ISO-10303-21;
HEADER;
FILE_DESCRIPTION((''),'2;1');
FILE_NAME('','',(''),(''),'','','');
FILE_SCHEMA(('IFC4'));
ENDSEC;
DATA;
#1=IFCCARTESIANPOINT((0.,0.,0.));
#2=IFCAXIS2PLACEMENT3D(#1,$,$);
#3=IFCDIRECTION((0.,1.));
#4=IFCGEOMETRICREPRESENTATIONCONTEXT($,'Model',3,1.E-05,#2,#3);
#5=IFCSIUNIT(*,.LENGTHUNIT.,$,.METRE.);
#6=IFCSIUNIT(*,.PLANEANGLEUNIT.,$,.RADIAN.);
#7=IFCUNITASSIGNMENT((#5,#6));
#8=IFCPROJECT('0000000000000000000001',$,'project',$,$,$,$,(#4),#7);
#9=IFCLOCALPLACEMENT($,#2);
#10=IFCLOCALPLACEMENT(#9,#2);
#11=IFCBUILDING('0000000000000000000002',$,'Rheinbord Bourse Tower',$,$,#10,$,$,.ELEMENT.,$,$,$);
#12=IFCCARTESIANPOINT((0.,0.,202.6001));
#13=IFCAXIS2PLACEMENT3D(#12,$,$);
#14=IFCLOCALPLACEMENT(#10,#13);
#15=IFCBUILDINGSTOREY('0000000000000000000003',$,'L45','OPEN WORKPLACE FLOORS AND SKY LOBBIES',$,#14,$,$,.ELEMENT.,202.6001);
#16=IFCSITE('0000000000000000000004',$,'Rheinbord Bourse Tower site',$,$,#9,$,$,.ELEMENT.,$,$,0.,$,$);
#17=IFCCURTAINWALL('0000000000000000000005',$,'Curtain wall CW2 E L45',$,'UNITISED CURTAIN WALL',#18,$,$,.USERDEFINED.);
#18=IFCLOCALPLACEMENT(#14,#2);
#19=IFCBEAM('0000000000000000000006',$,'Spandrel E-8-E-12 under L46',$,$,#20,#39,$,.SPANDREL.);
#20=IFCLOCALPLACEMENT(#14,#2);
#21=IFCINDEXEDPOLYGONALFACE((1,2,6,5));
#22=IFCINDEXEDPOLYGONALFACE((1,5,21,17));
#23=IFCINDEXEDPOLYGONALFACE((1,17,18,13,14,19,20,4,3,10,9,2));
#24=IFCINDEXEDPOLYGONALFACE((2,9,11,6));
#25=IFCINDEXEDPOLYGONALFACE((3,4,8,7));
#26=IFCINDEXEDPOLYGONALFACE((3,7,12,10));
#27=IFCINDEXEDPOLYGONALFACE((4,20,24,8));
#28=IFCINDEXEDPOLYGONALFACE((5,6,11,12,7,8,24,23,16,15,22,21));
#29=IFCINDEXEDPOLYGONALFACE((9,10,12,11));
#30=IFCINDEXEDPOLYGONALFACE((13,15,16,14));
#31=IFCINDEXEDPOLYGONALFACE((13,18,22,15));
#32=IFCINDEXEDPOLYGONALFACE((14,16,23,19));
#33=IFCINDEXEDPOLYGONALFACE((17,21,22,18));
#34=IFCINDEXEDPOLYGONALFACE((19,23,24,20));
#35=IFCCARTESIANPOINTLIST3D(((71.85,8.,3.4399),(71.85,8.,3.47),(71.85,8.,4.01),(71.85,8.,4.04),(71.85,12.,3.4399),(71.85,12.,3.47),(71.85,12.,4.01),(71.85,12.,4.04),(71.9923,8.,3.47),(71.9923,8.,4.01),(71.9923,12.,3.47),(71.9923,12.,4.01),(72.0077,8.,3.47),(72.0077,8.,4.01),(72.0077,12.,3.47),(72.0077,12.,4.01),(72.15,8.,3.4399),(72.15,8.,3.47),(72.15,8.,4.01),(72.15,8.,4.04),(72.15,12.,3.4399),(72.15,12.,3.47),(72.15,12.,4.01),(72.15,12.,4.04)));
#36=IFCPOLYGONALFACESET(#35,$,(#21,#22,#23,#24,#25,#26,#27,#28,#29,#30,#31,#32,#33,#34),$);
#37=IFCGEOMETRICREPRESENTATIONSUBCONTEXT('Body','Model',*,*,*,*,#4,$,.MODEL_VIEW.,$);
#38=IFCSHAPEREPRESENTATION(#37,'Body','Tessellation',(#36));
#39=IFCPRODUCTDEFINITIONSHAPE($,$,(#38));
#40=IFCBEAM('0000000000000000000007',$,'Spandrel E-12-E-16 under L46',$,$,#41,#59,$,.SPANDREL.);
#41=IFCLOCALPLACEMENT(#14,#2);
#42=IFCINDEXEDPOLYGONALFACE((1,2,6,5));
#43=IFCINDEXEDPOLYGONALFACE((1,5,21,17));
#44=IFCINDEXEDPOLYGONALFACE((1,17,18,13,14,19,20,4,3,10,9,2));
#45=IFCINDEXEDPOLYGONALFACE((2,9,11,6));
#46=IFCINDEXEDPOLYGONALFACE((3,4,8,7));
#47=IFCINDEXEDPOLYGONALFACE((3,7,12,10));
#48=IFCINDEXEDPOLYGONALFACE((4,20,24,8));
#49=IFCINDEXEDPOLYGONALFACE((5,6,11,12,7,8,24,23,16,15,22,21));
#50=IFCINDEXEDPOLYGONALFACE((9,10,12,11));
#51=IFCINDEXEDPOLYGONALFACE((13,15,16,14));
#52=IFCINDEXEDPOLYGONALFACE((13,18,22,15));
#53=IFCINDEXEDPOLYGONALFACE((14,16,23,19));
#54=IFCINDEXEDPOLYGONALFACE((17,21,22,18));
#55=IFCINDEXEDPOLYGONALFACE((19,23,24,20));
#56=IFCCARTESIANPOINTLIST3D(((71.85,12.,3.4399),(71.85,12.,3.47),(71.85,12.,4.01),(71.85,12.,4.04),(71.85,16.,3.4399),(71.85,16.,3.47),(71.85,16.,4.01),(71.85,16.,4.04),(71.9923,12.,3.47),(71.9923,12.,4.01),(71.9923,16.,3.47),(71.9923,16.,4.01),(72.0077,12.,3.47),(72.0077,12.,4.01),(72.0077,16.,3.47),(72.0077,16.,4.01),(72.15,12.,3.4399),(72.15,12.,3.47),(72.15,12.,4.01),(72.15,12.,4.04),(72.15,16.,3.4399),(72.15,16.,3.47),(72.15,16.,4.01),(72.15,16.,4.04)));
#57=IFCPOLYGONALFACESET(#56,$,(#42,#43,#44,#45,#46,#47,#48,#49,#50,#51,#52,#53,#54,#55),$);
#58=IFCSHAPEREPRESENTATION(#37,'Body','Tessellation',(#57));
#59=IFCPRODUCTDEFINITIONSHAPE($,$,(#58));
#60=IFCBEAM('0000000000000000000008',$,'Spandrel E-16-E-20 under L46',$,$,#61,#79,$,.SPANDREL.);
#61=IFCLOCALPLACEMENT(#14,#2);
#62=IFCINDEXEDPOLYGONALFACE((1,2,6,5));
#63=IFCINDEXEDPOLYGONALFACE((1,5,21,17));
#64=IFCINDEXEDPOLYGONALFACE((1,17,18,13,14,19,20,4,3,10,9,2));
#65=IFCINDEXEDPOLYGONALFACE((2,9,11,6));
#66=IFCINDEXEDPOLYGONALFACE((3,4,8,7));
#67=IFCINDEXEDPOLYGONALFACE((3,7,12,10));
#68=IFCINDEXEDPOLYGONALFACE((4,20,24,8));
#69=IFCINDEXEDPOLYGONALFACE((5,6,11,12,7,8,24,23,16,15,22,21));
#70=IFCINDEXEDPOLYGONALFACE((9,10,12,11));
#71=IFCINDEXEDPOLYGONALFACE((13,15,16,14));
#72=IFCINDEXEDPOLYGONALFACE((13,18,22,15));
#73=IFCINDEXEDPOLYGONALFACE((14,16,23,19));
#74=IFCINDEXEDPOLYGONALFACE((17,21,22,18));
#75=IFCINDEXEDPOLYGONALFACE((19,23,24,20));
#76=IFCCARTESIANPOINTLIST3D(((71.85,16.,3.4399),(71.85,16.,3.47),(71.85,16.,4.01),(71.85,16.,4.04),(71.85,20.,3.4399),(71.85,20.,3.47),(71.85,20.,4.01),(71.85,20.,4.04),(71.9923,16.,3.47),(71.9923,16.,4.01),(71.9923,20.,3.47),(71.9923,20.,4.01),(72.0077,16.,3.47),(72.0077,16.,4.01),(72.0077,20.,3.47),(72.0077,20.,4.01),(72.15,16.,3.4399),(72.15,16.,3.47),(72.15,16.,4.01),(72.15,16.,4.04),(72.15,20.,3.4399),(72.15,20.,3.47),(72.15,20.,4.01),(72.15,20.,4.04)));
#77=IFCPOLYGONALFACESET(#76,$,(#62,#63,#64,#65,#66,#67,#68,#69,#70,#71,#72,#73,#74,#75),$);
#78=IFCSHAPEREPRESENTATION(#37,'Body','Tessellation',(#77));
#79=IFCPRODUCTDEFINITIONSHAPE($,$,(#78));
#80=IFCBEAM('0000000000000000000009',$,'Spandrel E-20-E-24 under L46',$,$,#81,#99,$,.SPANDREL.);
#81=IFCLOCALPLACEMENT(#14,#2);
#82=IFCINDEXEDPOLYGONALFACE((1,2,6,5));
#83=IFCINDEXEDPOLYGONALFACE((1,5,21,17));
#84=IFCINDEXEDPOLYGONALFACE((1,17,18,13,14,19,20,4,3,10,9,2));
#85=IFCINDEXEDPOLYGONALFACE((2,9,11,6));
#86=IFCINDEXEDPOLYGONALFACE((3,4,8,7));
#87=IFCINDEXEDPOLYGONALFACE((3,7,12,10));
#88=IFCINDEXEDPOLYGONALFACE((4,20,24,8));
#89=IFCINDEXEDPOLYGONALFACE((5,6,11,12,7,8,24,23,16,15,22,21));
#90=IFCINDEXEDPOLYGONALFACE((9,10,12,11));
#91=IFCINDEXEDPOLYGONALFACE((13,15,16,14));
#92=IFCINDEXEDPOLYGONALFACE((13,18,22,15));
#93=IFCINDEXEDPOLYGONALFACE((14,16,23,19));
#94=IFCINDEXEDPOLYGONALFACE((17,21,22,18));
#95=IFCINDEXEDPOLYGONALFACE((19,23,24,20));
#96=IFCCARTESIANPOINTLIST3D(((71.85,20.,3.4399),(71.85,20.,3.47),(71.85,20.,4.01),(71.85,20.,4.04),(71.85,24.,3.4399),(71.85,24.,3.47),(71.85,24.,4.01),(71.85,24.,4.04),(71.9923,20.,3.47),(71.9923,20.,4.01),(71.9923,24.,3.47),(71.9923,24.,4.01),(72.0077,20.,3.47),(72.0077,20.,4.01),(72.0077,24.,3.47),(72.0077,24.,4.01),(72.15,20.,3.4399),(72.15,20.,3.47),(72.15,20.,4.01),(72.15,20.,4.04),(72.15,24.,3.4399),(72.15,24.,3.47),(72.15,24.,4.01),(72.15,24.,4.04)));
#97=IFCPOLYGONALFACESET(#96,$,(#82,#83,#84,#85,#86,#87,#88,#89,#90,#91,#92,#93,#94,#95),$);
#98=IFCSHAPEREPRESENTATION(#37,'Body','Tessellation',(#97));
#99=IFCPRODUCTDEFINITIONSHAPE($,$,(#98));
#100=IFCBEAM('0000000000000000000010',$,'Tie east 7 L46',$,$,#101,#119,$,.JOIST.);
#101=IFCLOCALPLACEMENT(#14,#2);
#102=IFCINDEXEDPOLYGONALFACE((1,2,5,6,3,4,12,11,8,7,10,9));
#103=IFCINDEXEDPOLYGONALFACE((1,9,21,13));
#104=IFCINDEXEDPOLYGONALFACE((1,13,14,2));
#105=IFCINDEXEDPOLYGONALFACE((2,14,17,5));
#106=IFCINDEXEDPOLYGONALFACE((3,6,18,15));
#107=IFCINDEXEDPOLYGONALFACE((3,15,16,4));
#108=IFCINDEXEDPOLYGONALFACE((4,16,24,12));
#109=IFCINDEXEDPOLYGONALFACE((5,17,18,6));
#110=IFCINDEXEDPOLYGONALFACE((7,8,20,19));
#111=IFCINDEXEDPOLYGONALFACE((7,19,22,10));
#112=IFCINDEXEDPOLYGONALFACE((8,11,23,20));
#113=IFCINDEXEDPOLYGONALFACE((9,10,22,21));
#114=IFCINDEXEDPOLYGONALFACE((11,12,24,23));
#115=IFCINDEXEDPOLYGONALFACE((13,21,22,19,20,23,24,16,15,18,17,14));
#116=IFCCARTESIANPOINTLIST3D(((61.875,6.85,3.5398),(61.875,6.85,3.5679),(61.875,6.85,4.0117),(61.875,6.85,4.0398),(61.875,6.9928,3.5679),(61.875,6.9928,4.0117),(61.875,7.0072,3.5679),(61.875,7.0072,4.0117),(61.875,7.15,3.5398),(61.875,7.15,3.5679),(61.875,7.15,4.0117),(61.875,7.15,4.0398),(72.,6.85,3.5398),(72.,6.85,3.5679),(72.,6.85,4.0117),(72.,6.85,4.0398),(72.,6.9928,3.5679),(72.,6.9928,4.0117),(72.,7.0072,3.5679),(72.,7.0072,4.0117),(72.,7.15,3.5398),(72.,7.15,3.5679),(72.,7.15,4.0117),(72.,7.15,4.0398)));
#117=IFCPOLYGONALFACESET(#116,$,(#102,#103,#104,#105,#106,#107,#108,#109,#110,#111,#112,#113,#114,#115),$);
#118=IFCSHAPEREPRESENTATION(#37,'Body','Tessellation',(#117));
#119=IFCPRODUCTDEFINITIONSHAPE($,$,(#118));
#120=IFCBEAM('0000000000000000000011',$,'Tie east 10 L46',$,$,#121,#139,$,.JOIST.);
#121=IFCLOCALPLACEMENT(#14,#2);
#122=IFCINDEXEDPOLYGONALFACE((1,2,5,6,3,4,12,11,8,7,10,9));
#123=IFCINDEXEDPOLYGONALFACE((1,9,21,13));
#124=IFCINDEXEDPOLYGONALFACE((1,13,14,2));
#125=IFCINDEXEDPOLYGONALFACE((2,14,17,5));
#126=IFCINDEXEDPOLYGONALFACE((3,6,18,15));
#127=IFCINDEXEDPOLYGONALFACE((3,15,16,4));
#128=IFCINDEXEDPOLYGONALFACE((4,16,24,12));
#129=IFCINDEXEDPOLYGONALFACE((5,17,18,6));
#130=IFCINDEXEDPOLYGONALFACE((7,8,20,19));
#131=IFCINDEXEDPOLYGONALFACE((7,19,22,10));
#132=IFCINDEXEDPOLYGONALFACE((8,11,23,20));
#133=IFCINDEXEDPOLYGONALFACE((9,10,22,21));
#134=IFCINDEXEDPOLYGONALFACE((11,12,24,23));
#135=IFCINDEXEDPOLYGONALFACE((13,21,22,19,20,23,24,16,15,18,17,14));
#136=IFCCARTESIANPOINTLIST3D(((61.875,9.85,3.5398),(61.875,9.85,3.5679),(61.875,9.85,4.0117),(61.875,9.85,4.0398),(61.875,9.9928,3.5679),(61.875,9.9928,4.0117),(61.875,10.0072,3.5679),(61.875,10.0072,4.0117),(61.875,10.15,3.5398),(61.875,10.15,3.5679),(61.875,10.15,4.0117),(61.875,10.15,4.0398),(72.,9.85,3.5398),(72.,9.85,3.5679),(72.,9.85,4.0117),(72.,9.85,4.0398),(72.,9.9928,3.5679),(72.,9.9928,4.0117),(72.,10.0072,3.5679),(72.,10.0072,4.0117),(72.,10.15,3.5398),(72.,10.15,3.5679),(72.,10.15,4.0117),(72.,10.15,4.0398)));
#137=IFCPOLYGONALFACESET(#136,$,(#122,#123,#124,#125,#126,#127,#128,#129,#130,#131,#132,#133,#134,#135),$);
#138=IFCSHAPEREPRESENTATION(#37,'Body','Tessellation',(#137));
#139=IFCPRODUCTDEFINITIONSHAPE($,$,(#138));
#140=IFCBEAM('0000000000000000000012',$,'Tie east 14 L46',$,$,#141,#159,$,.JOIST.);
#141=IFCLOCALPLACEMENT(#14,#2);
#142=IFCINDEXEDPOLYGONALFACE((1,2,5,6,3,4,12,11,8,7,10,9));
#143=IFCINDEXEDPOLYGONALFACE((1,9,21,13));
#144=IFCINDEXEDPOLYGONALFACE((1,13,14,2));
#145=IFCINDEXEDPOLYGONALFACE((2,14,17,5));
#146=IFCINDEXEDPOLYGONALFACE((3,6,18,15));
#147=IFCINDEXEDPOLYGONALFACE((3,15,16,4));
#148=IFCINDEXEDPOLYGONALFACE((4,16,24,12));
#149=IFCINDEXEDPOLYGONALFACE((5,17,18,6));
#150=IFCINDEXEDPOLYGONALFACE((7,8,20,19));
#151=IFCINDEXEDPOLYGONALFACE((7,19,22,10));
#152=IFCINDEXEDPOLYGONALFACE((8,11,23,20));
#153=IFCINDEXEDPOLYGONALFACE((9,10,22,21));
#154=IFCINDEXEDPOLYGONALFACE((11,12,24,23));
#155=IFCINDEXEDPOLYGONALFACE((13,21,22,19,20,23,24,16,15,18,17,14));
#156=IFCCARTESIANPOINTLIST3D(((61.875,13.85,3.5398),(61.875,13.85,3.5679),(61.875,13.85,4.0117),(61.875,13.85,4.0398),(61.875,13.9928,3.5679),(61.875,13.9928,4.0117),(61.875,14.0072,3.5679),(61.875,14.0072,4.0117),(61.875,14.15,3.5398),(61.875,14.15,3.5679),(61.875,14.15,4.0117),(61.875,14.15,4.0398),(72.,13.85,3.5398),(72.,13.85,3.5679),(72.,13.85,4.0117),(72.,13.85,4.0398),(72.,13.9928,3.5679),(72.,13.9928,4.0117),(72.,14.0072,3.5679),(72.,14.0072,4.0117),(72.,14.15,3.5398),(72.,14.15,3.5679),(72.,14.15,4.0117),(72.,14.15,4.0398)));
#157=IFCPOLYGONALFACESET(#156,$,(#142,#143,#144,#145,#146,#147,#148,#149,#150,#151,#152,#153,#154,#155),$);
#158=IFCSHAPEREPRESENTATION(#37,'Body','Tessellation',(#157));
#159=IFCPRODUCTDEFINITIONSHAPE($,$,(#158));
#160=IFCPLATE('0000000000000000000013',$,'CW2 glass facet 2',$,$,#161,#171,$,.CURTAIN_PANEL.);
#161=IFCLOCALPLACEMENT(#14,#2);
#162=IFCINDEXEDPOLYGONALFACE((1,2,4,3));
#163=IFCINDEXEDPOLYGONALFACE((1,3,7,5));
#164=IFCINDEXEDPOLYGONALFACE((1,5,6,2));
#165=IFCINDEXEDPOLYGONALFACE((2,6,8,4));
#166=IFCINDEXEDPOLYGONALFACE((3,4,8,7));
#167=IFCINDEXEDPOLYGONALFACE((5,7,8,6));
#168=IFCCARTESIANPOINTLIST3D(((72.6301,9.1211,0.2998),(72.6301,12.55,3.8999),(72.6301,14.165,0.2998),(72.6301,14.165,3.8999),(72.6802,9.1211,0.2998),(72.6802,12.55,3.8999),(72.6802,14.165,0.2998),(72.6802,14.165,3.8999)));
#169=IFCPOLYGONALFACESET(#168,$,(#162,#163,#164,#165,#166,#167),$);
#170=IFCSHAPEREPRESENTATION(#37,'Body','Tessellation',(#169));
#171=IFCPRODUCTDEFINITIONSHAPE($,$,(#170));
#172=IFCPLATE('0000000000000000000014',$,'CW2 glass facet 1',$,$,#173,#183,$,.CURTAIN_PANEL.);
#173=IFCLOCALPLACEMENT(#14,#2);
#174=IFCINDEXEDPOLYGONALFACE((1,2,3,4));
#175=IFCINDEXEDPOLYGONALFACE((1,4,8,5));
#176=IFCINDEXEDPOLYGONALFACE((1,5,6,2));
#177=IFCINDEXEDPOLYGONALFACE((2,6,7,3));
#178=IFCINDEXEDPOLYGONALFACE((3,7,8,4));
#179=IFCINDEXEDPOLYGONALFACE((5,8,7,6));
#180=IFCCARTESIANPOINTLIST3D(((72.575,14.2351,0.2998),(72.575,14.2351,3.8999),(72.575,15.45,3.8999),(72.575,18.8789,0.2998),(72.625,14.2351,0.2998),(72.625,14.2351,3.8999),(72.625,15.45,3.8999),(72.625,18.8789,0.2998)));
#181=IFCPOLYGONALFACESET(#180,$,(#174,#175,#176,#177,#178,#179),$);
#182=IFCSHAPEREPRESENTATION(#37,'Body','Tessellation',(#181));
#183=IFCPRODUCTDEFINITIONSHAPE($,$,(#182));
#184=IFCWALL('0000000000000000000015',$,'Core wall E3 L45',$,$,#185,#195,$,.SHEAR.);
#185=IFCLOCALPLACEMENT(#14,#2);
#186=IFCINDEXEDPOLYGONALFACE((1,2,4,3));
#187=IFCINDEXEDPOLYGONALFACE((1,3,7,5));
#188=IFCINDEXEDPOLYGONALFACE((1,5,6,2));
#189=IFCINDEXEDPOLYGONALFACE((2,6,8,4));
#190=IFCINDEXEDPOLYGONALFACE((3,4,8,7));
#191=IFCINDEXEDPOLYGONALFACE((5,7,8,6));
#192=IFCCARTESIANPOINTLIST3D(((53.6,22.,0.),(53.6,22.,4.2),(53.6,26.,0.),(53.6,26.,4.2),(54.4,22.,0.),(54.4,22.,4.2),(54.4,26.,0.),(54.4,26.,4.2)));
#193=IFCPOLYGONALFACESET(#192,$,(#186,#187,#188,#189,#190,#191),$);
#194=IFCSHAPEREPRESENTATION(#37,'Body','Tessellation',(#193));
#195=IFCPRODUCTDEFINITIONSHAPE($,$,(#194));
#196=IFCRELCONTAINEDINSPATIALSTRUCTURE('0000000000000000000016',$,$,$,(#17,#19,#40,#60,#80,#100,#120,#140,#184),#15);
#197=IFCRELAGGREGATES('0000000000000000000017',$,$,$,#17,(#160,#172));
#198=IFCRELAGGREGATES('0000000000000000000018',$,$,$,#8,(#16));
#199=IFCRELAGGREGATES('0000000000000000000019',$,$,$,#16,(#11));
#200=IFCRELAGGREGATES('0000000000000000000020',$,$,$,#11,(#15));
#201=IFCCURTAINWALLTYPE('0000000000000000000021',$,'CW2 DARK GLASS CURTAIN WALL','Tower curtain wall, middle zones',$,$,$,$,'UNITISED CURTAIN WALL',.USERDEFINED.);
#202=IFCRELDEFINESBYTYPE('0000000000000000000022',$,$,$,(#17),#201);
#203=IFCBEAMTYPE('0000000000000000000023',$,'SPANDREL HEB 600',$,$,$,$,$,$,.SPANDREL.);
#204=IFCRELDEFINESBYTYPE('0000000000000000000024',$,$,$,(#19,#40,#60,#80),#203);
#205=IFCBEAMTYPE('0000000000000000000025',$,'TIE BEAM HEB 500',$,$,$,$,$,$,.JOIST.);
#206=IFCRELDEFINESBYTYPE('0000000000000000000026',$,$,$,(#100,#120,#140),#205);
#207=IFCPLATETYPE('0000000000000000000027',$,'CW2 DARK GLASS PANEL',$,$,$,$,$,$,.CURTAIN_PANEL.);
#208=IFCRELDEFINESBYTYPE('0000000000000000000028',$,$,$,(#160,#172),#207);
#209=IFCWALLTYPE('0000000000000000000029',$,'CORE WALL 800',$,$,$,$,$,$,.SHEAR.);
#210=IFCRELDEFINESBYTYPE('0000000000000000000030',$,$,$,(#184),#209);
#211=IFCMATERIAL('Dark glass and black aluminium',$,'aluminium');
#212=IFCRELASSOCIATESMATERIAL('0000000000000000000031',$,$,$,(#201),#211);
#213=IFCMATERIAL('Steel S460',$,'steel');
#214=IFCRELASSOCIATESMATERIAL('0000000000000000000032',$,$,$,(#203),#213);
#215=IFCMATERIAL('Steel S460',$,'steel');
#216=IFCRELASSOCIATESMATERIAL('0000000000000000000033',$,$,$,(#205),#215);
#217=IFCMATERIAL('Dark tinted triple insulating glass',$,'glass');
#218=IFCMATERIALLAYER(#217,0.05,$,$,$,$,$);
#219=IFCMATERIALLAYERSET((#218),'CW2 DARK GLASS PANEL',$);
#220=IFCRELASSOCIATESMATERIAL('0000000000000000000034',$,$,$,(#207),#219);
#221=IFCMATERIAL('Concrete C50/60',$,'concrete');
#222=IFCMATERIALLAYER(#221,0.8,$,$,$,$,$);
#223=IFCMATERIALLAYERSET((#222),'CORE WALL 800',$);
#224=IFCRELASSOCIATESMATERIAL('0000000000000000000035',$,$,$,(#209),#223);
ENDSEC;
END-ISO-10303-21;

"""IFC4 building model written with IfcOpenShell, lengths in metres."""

from ifc_helpers import new_model, si_unit, direction, frame, frame_2d, origin, origin_2d, place, context, subcontext, project, spatial, polyline, rectangle, i_section, outline, extrude, material, layer, layer_set, material_profile, profile_set, type_object, element, aggregate, save


model = new_model("IFC4")

# Units and contexts
model_context = context("Model", 3, precision=1e-05, world=origin(), true_north=direction((0.0, 1.0)))
body_context = subcontext(model_context, "Body", "Model", "MODEL_VIEW")
ifc_project = project(units=[si_unit("LENGTHUNIT", "METRE"), si_unit("PLANEANGLEUNIT", "RADIAN")], contexts=[model_context])

# Site, building, storey
site_placement = place(None, origin())
site = spatial("IfcSite", under=ifc_project, at=site_placement, Name="Rheinbord Bourse Tower site", CompositionType="ELEMENT", RefElevation=0.0)
building_placement = place(site_placement, origin())
building = spatial("IfcBuilding", under=site, at=building_placement, Name="Rheinbord Bourse Tower", CompositionType="ELEMENT")
storey_placement = place(building_placement, frame((0.0, 0.0, 202.6001)))
storey = spatial("IfcBuildingStorey", under=building, at=storey_placement, Name="L45", Description="OPEN WORKPLACE FLOORS AND SKY LOBBIES", CompositionType="ELEMENT", Elevation=202.6001)

# Curtain wall
ifc_material_1 = material(Name="Dark glass and black aluminium", Category="aluminium")
curtain_wall_type = type_object("IfcCurtainWallType", Name="CW2 DARK GLASS CURTAIN WALL", Description="Tower curtain wall, middle zones", ElementType="UNITISED CURTAIN WALL", PredefinedType="USERDEFINED", material=ifc_material_1)
curtain_wall_placement = place(storey_placement, origin())
curtain_wall = element("IfcCurtainWall", 1, at=curtain_wall_placement, inside=storey, type_object=curtain_wall_type, Name="Curtain wall CW2 E L45", ObjectType="UNITISED CURTAIN WALL", PredefinedType="USERDEFINED")

# Beams
ifc_material_2 = material(Name="Steel S460", Category="steel")
ifc_material_profile_1 = material_profile(ifc_material_2, i_section(OverallWidth=0.3, OverallDepth=0.6001, WebThickness=0.0154, FlangeThickness=0.03, at=origin_2d()), Name="HEB 600")
ifc_profile_set_1 = profile_set([ifc_material_profile_1], Name="Steel S460")
beam_type_1 = type_object("IfcBeamType", Name="SPANDREL HEB 600", PredefinedType="SPANDREL", material=ifc_profile_set_1)
for number, where, z_axis, x_axis, name in (
    (2, (72.0, 8.0, 3.74), (0.0, 1.0, 0.0), (-1.0, 0.0, 0.0), "Spandrel E-8-E-12 under L46"),
    (3, (72.0, 12.0, 3.74), (0.0, 1.0, 0.0), (-1.0, 0.0, 0.0), "Spandrel E-12-E-16 under L46"),
    (4, (72.0, 16.0, 3.74), (0.0, 1.0, 0.0), (-1.0, 0.0, 0.0), "Spandrel E-16-E-20 under L46"),
    (5, (72.0, 20.0, 3.74), (0.0, 1.0, 0.0), (-1.0, 0.0, 0.0), "Spandrel E-20-E-24 under L46"),
):
    element("IfcBeam", number, at=place(storey_placement, frame(where, z_axis=z_axis, x_axis=x_axis)), inside=storey, type_object=beam_type_1, Name=name, PredefinedType="SPANDREL", context=body_context, shape_type="SweptSolid", body=[
        extrude(i_section(OverallWidth=0.3, OverallDepth=0.6001, WebThickness=0.0154, FlangeThickness=0.03, at=origin_2d()), origin(), (0.0, 0.0, 1.0), 4.0),
    ])
ifc_material_3 = material(Name="Steel S460", Category="steel")
ifc_material_profile_2 = material_profile(ifc_material_3, i_section(OverallWidth=0.3, OverallDepth=0.5, WebThickness=0.0144, FlangeThickness=0.0281, at=origin_2d()), Name="HEB 500")
ifc_profile_set_2 = profile_set([ifc_material_profile_2], Name="Steel S460")
beam_type_2 = type_object("IfcBeamType", Name="TIE BEAM HEB 500", PredefinedType="JOIST", material=ifc_profile_set_2)
for number, where, z_axis, x_axis, name in (
    (6, (61.875, 7.0, 3.7898), (1.0, 0.0, 0.0), (0.0, 1.0, 0.0), "Tie east 7 L46"),
    (7, (61.875, 10.0, 3.7898), (1.0, 0.0, 0.0), (0.0, 1.0, 0.0), "Tie east 10 L46"),
    (8, (61.875, 14.0, 3.7898), (1.0, 0.0, 0.0), (0.0, 1.0, 0.0), "Tie east 14 L46"),
):
    element("IfcBeam", number, at=place(storey_placement, frame(where, z_axis=z_axis, x_axis=x_axis)), inside=storey, type_object=beam_type_2, Name=name, PredefinedType="JOIST", context=body_context, shape_type="SweptSolid", body=[
        extrude(i_section(OverallWidth=0.3, OverallDepth=0.5, WebThickness=0.0144, FlangeThickness=0.0281, at=origin_2d()), origin(), (0.0, 0.0, 1.0), 10.125),
    ])

# Plates
ifc_material_4 = material(Name="Dark tinted triple insulating glass", Category="glass")
ifc_layer_1 = layer(ifc_material_4, 0.05)
ifc_layer_set_1 = layer_set([ifc_layer_1], Name="CW2 DARK GLASS PANEL")
plate_type = type_object("IfcPlateType", Name="CW2 DARK GLASS PANEL", PredefinedType="CURTAIN_PANEL", material=ifc_layer_set_1)
plate_1_placement = place(storey_placement, frame((72.6802, 14.165, 3.8999), z_axis=(-1.0, 0.0, 0.0), x_axis=(0.0, 0.0, -1.0)))
plate_1 = element("IfcPlate", 9, at=plate_1_placement, type_object=plate_type, Name="CW2 glass facet 2", PredefinedType="CURTAIN_PANEL", context=body_context, shape_type="SweptSolid", body=[
    extrude(outline(polyline([(0.0, 0.0), (3.6001, 0.0), (3.6001, 5.0439), (0.0, 1.615), (0.0, 0.0)])), origin(), (0.0, 0.0, 1.0), 0.05),
])
plate_2_placement = place(storey_placement, frame((72.625, 14.2351, 0.2998), z_axis=(-1.0, 0.0, 0.0), x_axis=(0.0, 0.0, 1.0)))
plate_2 = element("IfcPlate", 10, at=plate_2_placement, type_object=plate_type, Name="CW2 glass facet 1", PredefinedType="CURTAIN_PANEL", context=body_context, shape_type="SweptSolid", body=[
    extrude(outline(polyline([(0.0, 0.0), (3.6001, 0.0), (3.6001, 1.2148), (0.0, 4.6438), (0.0, 0.0)])), origin(), (0.0, 0.0, 1.0), 0.05),
])
aggregate(curtain_wall, [plate_1, plate_2])

# Wall
ifc_material_5 = material(Name="Concrete C50/60", Category="concrete")
ifc_layer_2 = layer(ifc_material_5, 0.8)
ifc_layer_set_2 = layer_set([ifc_layer_2], Name="CORE WALL 800")
wall_type_1 = type_object("IfcWallType", Name="CORE WALL 800", PredefinedType="SHEAR", material=ifc_layer_set_2)
wall_1_placement = place(storey_placement, frame((54.0, 22.0, 0.0), z_axis=(0.0, 0.0, 1.0), x_axis=(0.0, 1.0, 0.0)))
element("IfcWall", 11, at=wall_1_placement, inside=storey, type_object=wall_type_1, Name="Core wall E3 L45", PredefinedType="SHEAR", context=body_context, shape_type="SweptSolid", body=[
    extrude(rectangle(XDim=4.0, YDim=0.8, at=frame_2d((2.0, 0.0))), origin(), (0.0, 0.0, 1.0), 4.2),
])

save(model, "model.ifc")
